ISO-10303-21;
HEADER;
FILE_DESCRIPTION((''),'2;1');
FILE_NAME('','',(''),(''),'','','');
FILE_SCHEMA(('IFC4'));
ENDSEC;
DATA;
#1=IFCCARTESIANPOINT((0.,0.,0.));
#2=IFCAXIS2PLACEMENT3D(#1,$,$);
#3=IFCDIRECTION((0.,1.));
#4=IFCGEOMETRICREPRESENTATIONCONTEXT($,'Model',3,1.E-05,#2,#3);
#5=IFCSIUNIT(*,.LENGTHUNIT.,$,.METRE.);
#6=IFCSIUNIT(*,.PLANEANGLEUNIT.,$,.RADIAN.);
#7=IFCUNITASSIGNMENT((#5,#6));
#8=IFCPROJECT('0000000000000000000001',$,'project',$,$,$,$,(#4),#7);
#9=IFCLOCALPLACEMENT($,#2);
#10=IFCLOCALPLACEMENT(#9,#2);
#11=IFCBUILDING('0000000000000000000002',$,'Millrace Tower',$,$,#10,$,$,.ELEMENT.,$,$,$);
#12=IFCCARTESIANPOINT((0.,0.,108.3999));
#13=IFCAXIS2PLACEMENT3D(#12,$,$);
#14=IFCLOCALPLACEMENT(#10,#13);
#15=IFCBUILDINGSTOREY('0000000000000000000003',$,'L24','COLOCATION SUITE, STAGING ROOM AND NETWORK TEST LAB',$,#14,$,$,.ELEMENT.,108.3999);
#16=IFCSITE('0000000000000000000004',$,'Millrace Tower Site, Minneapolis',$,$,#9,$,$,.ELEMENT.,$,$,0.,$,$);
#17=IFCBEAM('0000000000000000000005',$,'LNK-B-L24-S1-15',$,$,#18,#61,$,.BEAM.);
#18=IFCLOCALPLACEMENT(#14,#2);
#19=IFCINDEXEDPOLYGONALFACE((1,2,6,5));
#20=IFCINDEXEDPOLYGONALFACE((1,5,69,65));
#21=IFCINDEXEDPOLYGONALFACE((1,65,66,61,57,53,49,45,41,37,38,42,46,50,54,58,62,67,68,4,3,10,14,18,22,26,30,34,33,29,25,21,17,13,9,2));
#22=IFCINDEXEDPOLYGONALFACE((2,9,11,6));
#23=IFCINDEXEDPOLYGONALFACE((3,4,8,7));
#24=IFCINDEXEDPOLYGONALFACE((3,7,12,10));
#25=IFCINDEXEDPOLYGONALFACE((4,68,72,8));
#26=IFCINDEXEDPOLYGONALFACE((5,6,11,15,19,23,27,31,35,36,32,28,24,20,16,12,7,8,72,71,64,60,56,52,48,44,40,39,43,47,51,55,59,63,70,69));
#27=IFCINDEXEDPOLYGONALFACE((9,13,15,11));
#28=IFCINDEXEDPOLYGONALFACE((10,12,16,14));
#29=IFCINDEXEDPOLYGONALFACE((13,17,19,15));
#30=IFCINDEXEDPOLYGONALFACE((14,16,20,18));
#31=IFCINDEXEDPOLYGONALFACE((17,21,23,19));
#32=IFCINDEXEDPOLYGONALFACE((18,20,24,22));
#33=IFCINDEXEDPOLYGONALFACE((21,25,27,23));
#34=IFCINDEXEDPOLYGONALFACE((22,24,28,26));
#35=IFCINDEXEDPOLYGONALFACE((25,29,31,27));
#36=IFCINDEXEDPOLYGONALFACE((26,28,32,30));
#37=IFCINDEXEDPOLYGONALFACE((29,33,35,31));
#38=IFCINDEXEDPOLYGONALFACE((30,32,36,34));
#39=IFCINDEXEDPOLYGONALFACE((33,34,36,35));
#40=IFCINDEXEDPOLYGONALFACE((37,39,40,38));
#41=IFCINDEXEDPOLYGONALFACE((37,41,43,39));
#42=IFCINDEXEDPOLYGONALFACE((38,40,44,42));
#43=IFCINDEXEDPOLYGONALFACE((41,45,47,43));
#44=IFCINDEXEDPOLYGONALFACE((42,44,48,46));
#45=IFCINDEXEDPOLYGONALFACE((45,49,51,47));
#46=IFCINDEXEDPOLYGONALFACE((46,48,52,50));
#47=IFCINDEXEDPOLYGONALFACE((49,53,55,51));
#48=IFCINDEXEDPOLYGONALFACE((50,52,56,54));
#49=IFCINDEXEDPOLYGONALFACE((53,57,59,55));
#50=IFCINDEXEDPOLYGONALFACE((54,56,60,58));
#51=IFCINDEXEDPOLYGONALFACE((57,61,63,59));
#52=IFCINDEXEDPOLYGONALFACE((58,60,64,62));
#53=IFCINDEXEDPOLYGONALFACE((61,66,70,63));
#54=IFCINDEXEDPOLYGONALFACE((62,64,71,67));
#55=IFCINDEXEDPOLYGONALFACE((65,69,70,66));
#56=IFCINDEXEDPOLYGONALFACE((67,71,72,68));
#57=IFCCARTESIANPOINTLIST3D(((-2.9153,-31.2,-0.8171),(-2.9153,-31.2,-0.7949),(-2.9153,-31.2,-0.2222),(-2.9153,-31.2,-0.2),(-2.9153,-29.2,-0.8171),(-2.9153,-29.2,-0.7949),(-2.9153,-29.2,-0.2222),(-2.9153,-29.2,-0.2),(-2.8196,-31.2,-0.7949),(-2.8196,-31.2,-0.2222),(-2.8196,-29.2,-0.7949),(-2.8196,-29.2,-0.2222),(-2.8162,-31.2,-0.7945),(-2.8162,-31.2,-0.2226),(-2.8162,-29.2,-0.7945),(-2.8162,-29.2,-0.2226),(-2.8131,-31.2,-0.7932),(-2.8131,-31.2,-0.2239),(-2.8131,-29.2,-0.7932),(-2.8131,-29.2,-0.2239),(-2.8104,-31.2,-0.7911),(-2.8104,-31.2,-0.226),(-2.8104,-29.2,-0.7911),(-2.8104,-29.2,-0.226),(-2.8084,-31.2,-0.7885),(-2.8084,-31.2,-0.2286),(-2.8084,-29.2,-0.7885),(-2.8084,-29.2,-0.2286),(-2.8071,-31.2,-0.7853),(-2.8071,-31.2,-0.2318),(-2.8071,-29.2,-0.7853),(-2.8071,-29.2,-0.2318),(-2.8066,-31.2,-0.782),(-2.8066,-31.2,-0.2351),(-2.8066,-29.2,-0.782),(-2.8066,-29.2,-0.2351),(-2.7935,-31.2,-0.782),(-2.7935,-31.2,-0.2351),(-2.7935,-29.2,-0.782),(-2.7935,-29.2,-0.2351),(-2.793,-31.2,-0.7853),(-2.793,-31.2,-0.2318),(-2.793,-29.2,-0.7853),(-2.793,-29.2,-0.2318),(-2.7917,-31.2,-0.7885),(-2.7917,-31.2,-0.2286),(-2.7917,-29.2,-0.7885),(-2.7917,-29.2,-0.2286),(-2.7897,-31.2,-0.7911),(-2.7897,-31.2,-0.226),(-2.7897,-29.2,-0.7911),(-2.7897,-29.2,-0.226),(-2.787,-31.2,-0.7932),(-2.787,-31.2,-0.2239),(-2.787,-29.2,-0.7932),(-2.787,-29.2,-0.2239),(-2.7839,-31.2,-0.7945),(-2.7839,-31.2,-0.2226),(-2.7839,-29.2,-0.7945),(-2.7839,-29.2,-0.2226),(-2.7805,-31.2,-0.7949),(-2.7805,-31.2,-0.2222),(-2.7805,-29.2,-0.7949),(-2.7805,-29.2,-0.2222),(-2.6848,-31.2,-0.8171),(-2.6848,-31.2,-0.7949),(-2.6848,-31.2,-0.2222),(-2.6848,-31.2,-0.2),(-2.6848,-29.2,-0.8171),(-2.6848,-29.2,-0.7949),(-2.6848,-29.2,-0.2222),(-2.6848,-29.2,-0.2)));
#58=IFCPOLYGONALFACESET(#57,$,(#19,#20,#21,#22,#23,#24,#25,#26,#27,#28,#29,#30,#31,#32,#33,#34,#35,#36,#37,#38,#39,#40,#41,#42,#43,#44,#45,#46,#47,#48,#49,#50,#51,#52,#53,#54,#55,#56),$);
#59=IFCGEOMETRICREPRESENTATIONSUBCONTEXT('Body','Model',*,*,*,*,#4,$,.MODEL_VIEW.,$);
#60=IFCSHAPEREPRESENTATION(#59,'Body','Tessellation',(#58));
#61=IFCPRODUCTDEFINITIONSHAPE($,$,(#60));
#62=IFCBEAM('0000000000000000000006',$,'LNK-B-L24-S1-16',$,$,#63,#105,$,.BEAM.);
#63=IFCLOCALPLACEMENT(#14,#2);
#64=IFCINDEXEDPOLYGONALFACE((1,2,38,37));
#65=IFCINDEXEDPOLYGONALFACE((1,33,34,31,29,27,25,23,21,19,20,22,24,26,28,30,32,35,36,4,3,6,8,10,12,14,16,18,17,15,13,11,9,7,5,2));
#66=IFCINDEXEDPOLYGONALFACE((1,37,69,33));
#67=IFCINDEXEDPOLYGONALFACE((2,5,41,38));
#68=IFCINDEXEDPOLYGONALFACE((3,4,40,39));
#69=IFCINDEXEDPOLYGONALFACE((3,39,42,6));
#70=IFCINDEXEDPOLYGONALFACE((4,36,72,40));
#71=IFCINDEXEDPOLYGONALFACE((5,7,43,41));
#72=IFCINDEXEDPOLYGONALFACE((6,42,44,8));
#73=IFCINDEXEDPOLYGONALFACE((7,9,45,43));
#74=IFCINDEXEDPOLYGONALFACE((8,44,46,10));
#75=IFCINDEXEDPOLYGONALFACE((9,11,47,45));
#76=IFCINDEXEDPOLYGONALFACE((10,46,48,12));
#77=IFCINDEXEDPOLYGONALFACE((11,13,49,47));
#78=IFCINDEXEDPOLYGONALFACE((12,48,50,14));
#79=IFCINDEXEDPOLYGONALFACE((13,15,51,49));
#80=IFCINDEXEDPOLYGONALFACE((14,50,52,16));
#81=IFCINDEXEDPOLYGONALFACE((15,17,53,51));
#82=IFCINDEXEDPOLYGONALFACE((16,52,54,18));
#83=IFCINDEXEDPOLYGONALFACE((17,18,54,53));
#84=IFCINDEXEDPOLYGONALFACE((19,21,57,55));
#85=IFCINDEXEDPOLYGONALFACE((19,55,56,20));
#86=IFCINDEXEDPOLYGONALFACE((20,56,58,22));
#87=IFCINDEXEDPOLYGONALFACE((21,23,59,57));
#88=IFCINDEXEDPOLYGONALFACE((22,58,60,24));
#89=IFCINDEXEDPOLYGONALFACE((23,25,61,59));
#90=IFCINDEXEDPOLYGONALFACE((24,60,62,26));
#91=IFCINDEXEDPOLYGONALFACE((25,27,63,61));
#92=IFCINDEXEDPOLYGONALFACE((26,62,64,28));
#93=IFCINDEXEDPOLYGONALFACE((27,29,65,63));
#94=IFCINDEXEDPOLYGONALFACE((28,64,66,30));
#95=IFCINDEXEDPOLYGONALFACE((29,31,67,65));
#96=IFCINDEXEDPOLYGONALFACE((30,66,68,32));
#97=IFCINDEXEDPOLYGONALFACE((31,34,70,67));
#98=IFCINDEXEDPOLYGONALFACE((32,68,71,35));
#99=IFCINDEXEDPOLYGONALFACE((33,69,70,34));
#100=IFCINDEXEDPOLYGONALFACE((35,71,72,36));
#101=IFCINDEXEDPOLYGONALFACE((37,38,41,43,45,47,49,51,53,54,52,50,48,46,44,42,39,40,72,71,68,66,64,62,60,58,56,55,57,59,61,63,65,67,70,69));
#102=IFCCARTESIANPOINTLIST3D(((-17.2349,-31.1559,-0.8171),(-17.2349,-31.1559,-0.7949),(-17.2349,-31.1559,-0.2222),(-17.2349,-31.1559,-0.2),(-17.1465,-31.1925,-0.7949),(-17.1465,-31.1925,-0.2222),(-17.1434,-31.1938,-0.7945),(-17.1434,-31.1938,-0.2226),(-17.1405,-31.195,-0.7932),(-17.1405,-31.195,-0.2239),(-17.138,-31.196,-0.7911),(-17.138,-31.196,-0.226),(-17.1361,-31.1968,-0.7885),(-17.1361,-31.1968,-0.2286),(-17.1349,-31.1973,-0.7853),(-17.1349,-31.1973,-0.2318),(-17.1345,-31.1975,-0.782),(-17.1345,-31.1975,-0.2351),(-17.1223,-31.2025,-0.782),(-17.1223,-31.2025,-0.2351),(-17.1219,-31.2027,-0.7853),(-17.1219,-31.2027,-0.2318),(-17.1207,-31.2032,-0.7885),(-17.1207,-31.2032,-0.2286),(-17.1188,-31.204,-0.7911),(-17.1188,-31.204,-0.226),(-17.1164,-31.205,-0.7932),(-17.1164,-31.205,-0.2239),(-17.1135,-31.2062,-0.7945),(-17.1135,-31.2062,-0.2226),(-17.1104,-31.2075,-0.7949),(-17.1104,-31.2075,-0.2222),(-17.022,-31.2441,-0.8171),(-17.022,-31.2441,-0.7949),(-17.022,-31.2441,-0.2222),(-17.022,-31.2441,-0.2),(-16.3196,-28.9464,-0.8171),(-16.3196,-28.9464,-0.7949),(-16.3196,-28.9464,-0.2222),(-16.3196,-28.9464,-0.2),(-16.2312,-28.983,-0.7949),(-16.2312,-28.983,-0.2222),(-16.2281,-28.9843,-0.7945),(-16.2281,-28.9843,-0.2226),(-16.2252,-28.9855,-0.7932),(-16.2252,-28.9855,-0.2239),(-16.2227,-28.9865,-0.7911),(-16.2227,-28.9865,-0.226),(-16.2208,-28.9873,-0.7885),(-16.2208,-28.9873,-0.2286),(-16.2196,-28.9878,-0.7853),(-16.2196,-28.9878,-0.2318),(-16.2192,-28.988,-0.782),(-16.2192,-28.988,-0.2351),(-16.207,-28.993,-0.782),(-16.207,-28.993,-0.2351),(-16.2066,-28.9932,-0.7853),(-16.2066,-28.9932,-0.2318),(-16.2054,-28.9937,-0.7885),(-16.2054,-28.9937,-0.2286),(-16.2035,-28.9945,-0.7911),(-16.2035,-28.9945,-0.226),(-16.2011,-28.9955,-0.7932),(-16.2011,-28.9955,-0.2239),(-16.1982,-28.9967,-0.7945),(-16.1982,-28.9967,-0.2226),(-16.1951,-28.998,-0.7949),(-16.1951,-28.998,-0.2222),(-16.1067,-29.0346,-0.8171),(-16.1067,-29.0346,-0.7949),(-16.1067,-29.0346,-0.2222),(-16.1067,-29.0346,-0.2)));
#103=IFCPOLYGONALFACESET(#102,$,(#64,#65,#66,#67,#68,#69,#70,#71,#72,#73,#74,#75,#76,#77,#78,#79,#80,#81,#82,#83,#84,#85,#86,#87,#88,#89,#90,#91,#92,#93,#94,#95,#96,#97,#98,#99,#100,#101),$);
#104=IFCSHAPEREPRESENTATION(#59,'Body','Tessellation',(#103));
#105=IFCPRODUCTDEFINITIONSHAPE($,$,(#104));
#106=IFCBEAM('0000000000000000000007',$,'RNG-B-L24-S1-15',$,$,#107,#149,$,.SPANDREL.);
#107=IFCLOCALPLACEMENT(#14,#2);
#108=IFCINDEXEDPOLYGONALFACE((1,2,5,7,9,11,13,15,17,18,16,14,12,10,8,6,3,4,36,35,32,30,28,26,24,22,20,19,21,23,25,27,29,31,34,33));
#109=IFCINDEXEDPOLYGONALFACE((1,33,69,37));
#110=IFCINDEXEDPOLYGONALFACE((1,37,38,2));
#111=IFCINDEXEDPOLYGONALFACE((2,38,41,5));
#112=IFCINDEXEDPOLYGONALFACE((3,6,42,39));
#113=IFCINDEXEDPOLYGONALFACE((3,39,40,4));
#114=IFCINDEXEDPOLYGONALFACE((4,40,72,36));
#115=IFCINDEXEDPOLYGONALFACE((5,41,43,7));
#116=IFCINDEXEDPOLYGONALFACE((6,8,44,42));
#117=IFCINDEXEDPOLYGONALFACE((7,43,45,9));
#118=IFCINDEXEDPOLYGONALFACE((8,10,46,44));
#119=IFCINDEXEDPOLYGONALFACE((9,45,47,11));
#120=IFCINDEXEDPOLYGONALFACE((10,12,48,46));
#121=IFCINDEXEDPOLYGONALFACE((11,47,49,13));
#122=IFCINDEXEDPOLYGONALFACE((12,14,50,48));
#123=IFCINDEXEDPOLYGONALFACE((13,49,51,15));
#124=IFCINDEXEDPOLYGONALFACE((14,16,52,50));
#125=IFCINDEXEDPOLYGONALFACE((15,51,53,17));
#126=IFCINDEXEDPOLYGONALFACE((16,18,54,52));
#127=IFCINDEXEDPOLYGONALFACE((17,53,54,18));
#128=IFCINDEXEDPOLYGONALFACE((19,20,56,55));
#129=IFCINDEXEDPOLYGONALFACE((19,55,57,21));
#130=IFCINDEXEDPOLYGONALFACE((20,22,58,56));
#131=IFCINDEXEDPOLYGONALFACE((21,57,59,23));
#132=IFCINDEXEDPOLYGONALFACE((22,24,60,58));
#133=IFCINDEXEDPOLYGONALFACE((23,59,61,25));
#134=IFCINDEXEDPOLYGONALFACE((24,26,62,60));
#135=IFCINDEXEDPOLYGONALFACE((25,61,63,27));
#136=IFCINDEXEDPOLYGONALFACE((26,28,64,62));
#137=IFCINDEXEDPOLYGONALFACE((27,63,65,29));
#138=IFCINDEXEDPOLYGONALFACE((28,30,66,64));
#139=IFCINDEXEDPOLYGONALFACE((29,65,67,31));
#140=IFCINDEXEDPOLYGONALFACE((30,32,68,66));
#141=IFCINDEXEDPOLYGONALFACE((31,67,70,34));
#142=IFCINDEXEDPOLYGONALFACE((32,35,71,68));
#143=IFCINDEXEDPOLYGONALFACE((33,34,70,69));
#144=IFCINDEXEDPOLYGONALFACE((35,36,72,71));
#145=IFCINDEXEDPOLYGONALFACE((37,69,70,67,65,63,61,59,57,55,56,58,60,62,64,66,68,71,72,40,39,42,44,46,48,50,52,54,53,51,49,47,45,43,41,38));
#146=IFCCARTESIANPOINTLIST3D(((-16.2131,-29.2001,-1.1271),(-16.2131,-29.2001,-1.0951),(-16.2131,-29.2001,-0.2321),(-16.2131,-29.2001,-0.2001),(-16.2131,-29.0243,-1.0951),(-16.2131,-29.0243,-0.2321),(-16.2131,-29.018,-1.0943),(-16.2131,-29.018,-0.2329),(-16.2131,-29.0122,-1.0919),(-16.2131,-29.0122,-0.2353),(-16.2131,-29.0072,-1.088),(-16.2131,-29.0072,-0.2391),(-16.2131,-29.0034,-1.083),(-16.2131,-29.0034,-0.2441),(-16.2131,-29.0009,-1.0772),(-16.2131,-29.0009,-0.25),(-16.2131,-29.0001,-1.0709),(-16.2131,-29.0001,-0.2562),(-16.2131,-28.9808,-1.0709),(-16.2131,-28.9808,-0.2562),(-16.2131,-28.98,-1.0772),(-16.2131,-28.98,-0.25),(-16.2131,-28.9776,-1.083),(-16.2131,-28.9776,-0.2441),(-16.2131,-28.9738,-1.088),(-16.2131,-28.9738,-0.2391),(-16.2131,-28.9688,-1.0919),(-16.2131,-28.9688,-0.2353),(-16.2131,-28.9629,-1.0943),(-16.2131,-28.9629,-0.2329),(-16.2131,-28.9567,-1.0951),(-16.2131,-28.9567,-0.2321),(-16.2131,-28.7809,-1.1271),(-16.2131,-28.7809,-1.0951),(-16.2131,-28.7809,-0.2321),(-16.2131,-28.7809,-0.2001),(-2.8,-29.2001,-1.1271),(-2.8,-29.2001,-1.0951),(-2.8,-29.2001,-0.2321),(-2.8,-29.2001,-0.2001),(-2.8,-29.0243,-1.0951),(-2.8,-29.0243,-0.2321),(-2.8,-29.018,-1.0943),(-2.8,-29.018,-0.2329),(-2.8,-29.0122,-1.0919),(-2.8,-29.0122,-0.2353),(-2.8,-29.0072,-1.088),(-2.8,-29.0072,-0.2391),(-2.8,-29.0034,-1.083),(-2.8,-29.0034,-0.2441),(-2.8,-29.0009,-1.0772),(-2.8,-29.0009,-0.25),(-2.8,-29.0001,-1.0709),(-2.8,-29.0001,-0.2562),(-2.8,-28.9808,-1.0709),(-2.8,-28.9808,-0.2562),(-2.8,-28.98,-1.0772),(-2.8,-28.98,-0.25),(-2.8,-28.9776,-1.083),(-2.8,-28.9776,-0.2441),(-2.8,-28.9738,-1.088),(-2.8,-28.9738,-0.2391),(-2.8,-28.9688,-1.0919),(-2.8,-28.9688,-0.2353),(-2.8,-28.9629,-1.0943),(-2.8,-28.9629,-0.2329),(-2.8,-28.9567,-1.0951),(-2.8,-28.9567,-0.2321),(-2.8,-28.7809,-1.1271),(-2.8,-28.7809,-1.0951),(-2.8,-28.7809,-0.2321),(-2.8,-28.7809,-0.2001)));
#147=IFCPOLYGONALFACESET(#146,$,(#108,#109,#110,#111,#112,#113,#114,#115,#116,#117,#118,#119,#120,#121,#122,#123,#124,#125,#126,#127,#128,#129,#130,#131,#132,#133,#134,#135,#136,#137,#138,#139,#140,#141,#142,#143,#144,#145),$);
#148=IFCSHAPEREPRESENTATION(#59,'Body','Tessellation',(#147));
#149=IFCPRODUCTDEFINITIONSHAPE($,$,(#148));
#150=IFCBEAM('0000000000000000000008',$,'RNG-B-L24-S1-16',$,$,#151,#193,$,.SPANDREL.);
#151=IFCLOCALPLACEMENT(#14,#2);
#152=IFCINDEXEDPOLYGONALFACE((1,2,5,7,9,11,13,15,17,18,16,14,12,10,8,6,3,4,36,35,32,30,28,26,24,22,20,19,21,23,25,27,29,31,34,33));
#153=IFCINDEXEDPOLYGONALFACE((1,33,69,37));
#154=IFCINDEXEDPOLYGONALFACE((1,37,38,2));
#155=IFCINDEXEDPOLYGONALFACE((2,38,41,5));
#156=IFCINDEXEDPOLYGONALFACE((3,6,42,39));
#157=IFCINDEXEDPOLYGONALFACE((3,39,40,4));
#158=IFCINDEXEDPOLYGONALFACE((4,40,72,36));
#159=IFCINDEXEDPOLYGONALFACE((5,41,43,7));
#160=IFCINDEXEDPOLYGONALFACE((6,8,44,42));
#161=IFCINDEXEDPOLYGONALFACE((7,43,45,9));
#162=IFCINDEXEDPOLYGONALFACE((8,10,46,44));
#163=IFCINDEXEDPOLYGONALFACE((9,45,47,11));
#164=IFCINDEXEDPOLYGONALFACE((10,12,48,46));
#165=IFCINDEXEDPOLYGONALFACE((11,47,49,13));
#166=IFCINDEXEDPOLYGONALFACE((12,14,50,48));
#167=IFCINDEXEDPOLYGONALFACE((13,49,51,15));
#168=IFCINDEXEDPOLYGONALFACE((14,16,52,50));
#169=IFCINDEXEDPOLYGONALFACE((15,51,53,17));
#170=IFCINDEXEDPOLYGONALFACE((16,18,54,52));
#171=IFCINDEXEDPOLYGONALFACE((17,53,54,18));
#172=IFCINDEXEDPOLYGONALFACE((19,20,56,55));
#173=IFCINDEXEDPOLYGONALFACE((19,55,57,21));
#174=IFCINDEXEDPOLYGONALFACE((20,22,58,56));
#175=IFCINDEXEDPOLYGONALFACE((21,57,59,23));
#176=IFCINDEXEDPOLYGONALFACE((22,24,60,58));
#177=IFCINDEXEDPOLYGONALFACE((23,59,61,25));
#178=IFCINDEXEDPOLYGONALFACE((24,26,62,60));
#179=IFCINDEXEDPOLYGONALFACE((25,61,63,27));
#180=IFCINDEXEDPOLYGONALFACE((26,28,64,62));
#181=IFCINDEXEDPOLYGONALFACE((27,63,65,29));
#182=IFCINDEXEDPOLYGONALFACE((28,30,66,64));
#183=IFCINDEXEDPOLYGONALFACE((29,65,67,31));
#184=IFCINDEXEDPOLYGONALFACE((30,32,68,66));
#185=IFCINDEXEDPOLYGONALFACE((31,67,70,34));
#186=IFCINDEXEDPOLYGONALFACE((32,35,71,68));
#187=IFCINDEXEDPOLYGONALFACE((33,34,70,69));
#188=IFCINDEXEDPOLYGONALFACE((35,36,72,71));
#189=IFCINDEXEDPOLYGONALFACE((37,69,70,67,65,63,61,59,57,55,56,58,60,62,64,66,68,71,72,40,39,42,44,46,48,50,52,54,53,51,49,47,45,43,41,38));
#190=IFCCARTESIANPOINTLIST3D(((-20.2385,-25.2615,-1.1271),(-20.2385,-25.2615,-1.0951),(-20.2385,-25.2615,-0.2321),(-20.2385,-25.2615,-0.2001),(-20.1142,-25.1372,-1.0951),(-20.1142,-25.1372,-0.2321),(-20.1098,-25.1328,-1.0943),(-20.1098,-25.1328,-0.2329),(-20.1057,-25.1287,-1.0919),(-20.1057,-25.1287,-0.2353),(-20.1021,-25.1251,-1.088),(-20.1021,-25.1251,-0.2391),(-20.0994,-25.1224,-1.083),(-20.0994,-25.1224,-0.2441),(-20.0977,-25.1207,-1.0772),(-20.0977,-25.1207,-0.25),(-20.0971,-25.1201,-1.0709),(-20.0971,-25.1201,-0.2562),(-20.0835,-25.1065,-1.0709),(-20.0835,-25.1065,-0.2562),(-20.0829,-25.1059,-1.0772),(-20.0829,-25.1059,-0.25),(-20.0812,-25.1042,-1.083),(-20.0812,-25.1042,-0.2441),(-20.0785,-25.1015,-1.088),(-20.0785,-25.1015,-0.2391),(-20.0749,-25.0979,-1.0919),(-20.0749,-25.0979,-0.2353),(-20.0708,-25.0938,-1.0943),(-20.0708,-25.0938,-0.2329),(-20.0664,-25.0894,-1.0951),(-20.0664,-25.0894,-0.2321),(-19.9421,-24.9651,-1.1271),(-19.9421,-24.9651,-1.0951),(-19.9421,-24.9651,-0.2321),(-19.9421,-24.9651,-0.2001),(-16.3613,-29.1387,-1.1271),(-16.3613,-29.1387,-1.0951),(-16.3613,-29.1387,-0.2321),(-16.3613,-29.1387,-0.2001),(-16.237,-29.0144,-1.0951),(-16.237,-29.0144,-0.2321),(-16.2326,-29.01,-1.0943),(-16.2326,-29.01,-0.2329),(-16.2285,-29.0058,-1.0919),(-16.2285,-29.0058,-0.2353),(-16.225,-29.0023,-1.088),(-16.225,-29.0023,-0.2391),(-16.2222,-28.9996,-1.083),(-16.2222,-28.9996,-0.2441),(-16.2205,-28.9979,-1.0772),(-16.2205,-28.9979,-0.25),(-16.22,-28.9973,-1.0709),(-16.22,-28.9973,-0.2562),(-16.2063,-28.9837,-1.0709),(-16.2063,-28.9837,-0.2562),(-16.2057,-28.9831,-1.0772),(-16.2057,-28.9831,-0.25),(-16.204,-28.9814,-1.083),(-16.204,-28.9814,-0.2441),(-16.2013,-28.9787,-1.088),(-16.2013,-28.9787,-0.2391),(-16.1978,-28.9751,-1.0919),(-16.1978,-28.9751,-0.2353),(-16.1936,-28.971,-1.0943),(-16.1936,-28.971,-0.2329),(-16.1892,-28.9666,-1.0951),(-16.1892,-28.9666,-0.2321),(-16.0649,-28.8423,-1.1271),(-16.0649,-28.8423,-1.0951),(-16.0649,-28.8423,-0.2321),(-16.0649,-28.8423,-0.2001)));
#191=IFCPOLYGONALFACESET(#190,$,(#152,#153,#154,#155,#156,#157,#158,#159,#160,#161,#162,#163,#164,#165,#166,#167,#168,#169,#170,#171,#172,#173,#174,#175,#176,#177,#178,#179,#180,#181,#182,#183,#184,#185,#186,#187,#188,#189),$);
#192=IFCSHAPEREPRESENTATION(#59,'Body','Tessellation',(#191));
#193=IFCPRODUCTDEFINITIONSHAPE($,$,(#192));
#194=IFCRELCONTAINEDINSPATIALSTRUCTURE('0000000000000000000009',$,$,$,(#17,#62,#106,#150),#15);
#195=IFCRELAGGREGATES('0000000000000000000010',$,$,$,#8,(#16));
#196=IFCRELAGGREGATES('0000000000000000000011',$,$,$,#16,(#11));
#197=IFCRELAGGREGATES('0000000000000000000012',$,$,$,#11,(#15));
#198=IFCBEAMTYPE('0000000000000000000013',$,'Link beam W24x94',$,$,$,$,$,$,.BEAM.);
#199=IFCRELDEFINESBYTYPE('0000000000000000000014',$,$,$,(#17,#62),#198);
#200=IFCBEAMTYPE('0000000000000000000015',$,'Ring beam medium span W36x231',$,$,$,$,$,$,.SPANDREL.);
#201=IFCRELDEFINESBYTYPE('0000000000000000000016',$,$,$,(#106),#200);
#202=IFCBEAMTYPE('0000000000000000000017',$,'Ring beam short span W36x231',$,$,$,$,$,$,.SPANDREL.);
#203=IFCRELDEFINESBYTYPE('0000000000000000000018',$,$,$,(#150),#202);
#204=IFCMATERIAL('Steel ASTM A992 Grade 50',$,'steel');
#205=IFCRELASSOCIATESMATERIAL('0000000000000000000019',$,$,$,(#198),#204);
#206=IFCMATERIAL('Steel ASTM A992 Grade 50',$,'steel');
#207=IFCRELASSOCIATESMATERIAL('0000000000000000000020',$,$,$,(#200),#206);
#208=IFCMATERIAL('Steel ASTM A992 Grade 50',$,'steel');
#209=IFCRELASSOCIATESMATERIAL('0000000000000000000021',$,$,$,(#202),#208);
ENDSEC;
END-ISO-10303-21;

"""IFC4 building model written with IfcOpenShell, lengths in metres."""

from ifc_helpers import new_model, si_unit, direction, frame, origin, origin_2d, place, context, subcontext, project, spatial, i_section, extrude, material, material_profile, profile_set, type_object, element, save


model = new_model("IFC4")

# Units and contexts
model_context = context("Model", 3, precision=1e-05, world=origin(), true_north=direction((0.0, 1.0)))
body_context = subcontext(model_context, "Body", "Model", "MODEL_VIEW")
ifc_project = project(units=[si_unit("LENGTHUNIT", "METRE"), si_unit("PLANEANGLEUNIT", "RADIAN")], contexts=[model_context])

# Site, building, storey
site_placement = place(None, origin())
site = spatial("IfcSite", under=ifc_project, at=site_placement, Name="Millrace Tower Site, Minneapolis", CompositionType="ELEMENT", RefElevation=0.0)
building_placement = place(site_placement, origin())
building = spatial("IfcBuilding", under=site, at=building_placement, Name="Millrace Tower", CompositionType="ELEMENT")
storey_placement = place(building_placement, frame((0.0, 0.0, 108.3999)))
storey = spatial("IfcBuildingStorey", under=building, at=storey_placement, Name="L24", Description="COLOCATION SUITE, STAGING ROOM AND NETWORK TEST LAB", CompositionType="ELEMENT", Elevation=108.3999)

# Beams
ifc_material_1 = material(Name="Steel ASTM A992 Grade 50", Category="steel")
ifc_material_profile_1 = material_profile(ifc_material_1, i_section(OverallWidth=0.2305, OverallDepth=0.6172, WebThickness=0.0132, FlangeThickness=0.0222, FilletRadius=0.0129, at=origin_2d()))
ifc_profile_set_1 = profile_set([ifc_material_profile_1], Name="Steel ASTM A992 Grade 50")
beam_type_1 = type_object("IfcBeamType", Name="Link beam W24x94", PredefinedType="BEAM", material=ifc_profile_set_1)
beam_1_placement = place(storey_placement, frame((-2.8, -29.2, -0.5085), z_axis=(0.0, -1.0, 0.0), x_axis=(1.0, 0.0, 0.0)))
element("IfcBeam", 1, at=beam_1_placement, inside=storey, type_object=beam_type_1, Name="LNK-B-L24-S1-15", PredefinedType="BEAM", context=body_context, shape_type="SweptSolid", body=[
    extrude(i_section(OverallWidth=0.2305, OverallDepth=0.6172, WebThickness=0.0132, FlangeThickness=0.0222, FilletRadius=0.0129, at=origin_2d()), origin(), (0.0, 0.0, 1.0), 2.0),
])
beam_2_placement = place(storey_placement, frame((-16.2131, -28.9905, -0.5085), z_axis=(-0.382715, -0.923866, 0.0), x_axis=(0.923866, -0.382715, 0.0)))
element("IfcBeam", 2, at=beam_2_placement, inside=storey, type_object=beam_type_1, Name="LNK-B-L24-S1-16", PredefinedType="BEAM", context=body_context, shape_type="SweptSolid", body=[
    extrude(i_section(OverallWidth=0.2305, OverallDepth=0.6172, WebThickness=0.0132, FlangeThickness=0.0222, FilletRadius=0.0129, at=origin_2d()), origin(), (0.0, 0.0, 1.0), 2.3916),
])
ifc_material_2 = material(Name="Steel ASTM A992 Grade 50", Category="steel")
ifc_material_profile_2 = material_profile(ifc_material_2, i_section(OverallWidth=0.4192, OverallDepth=0.927, WebThickness=0.0193, FlangeThickness=0.032, FilletRadius=0.0242, at=origin_2d()))
ifc_profile_set_2 = profile_set([ifc_material_profile_2], Name="Steel ASTM A992 Grade 50")
beam_type_2 = type_object("IfcBeamType", Name="Ring beam medium span W36x231", PredefinedType="SPANDREL", material=ifc_profile_set_2)
beam_3_placement = place(storey_placement, frame((-2.8, -28.9905, -0.6636), z_axis=(-1.0, 0.0, 0.0), x_axis=(0.0, -1.0, 0.0)))
element("IfcBeam", 3, at=beam_3_placement, inside=storey, type_object=beam_type_2, Name="RNG-B-L24-S1-15", PredefinedType="SPANDREL", context=body_context, shape_type="SweptSolid", body=[
    extrude(i_section(OverallWidth=0.4192, OverallDepth=0.927, WebThickness=0.0193, FlangeThickness=0.032, FilletRadius=0.0242, at=origin_2d()), origin(), (0.0, 0.0, 1.0), 13.4131),
])
ifc_material_3 = material(Name="Steel ASTM A992 Grade 50", Category="steel")
ifc_material_profile_3 = material_profile(ifc_material_3, i_section(OverallWidth=0.4192, OverallDepth=0.927, WebThickness=0.0193, FlangeThickness=0.032, FilletRadius=0.0242, at=origin_2d()))
ifc_profile_set_3 = profile_set([ifc_material_profile_3], Name="Steel ASTM A992 Grade 50")
beam_type_3 = type_object("IfcBeamType", Name="Ring beam short span W36x231", PredefinedType="SPANDREL", material=ifc_profile_set_3)
beam_4_placement = place(storey_placement, frame((-16.2131, -28.9905, -0.6636), z_axis=(-0.707107, 0.707107, 0.0), x_axis=(-0.707107, -0.707107, 0.0)))
element("IfcBeam", 4, at=beam_4_placement, inside=storey, type_object=beam_type_3, Name="RNG-B-L24-S1-16", PredefinedType="SPANDREL", context=body_context, shape_type="SweptSolid", body=[
    extrude(i_section(OverallWidth=0.4192, OverallDepth=0.927, WebThickness=0.0193, FlangeThickness=0.032, FilletRadius=0.0242, at=origin_2d()), origin(), (0.0, 0.0, 1.0), 5.4832),
])

save(model, "model.ifc")
